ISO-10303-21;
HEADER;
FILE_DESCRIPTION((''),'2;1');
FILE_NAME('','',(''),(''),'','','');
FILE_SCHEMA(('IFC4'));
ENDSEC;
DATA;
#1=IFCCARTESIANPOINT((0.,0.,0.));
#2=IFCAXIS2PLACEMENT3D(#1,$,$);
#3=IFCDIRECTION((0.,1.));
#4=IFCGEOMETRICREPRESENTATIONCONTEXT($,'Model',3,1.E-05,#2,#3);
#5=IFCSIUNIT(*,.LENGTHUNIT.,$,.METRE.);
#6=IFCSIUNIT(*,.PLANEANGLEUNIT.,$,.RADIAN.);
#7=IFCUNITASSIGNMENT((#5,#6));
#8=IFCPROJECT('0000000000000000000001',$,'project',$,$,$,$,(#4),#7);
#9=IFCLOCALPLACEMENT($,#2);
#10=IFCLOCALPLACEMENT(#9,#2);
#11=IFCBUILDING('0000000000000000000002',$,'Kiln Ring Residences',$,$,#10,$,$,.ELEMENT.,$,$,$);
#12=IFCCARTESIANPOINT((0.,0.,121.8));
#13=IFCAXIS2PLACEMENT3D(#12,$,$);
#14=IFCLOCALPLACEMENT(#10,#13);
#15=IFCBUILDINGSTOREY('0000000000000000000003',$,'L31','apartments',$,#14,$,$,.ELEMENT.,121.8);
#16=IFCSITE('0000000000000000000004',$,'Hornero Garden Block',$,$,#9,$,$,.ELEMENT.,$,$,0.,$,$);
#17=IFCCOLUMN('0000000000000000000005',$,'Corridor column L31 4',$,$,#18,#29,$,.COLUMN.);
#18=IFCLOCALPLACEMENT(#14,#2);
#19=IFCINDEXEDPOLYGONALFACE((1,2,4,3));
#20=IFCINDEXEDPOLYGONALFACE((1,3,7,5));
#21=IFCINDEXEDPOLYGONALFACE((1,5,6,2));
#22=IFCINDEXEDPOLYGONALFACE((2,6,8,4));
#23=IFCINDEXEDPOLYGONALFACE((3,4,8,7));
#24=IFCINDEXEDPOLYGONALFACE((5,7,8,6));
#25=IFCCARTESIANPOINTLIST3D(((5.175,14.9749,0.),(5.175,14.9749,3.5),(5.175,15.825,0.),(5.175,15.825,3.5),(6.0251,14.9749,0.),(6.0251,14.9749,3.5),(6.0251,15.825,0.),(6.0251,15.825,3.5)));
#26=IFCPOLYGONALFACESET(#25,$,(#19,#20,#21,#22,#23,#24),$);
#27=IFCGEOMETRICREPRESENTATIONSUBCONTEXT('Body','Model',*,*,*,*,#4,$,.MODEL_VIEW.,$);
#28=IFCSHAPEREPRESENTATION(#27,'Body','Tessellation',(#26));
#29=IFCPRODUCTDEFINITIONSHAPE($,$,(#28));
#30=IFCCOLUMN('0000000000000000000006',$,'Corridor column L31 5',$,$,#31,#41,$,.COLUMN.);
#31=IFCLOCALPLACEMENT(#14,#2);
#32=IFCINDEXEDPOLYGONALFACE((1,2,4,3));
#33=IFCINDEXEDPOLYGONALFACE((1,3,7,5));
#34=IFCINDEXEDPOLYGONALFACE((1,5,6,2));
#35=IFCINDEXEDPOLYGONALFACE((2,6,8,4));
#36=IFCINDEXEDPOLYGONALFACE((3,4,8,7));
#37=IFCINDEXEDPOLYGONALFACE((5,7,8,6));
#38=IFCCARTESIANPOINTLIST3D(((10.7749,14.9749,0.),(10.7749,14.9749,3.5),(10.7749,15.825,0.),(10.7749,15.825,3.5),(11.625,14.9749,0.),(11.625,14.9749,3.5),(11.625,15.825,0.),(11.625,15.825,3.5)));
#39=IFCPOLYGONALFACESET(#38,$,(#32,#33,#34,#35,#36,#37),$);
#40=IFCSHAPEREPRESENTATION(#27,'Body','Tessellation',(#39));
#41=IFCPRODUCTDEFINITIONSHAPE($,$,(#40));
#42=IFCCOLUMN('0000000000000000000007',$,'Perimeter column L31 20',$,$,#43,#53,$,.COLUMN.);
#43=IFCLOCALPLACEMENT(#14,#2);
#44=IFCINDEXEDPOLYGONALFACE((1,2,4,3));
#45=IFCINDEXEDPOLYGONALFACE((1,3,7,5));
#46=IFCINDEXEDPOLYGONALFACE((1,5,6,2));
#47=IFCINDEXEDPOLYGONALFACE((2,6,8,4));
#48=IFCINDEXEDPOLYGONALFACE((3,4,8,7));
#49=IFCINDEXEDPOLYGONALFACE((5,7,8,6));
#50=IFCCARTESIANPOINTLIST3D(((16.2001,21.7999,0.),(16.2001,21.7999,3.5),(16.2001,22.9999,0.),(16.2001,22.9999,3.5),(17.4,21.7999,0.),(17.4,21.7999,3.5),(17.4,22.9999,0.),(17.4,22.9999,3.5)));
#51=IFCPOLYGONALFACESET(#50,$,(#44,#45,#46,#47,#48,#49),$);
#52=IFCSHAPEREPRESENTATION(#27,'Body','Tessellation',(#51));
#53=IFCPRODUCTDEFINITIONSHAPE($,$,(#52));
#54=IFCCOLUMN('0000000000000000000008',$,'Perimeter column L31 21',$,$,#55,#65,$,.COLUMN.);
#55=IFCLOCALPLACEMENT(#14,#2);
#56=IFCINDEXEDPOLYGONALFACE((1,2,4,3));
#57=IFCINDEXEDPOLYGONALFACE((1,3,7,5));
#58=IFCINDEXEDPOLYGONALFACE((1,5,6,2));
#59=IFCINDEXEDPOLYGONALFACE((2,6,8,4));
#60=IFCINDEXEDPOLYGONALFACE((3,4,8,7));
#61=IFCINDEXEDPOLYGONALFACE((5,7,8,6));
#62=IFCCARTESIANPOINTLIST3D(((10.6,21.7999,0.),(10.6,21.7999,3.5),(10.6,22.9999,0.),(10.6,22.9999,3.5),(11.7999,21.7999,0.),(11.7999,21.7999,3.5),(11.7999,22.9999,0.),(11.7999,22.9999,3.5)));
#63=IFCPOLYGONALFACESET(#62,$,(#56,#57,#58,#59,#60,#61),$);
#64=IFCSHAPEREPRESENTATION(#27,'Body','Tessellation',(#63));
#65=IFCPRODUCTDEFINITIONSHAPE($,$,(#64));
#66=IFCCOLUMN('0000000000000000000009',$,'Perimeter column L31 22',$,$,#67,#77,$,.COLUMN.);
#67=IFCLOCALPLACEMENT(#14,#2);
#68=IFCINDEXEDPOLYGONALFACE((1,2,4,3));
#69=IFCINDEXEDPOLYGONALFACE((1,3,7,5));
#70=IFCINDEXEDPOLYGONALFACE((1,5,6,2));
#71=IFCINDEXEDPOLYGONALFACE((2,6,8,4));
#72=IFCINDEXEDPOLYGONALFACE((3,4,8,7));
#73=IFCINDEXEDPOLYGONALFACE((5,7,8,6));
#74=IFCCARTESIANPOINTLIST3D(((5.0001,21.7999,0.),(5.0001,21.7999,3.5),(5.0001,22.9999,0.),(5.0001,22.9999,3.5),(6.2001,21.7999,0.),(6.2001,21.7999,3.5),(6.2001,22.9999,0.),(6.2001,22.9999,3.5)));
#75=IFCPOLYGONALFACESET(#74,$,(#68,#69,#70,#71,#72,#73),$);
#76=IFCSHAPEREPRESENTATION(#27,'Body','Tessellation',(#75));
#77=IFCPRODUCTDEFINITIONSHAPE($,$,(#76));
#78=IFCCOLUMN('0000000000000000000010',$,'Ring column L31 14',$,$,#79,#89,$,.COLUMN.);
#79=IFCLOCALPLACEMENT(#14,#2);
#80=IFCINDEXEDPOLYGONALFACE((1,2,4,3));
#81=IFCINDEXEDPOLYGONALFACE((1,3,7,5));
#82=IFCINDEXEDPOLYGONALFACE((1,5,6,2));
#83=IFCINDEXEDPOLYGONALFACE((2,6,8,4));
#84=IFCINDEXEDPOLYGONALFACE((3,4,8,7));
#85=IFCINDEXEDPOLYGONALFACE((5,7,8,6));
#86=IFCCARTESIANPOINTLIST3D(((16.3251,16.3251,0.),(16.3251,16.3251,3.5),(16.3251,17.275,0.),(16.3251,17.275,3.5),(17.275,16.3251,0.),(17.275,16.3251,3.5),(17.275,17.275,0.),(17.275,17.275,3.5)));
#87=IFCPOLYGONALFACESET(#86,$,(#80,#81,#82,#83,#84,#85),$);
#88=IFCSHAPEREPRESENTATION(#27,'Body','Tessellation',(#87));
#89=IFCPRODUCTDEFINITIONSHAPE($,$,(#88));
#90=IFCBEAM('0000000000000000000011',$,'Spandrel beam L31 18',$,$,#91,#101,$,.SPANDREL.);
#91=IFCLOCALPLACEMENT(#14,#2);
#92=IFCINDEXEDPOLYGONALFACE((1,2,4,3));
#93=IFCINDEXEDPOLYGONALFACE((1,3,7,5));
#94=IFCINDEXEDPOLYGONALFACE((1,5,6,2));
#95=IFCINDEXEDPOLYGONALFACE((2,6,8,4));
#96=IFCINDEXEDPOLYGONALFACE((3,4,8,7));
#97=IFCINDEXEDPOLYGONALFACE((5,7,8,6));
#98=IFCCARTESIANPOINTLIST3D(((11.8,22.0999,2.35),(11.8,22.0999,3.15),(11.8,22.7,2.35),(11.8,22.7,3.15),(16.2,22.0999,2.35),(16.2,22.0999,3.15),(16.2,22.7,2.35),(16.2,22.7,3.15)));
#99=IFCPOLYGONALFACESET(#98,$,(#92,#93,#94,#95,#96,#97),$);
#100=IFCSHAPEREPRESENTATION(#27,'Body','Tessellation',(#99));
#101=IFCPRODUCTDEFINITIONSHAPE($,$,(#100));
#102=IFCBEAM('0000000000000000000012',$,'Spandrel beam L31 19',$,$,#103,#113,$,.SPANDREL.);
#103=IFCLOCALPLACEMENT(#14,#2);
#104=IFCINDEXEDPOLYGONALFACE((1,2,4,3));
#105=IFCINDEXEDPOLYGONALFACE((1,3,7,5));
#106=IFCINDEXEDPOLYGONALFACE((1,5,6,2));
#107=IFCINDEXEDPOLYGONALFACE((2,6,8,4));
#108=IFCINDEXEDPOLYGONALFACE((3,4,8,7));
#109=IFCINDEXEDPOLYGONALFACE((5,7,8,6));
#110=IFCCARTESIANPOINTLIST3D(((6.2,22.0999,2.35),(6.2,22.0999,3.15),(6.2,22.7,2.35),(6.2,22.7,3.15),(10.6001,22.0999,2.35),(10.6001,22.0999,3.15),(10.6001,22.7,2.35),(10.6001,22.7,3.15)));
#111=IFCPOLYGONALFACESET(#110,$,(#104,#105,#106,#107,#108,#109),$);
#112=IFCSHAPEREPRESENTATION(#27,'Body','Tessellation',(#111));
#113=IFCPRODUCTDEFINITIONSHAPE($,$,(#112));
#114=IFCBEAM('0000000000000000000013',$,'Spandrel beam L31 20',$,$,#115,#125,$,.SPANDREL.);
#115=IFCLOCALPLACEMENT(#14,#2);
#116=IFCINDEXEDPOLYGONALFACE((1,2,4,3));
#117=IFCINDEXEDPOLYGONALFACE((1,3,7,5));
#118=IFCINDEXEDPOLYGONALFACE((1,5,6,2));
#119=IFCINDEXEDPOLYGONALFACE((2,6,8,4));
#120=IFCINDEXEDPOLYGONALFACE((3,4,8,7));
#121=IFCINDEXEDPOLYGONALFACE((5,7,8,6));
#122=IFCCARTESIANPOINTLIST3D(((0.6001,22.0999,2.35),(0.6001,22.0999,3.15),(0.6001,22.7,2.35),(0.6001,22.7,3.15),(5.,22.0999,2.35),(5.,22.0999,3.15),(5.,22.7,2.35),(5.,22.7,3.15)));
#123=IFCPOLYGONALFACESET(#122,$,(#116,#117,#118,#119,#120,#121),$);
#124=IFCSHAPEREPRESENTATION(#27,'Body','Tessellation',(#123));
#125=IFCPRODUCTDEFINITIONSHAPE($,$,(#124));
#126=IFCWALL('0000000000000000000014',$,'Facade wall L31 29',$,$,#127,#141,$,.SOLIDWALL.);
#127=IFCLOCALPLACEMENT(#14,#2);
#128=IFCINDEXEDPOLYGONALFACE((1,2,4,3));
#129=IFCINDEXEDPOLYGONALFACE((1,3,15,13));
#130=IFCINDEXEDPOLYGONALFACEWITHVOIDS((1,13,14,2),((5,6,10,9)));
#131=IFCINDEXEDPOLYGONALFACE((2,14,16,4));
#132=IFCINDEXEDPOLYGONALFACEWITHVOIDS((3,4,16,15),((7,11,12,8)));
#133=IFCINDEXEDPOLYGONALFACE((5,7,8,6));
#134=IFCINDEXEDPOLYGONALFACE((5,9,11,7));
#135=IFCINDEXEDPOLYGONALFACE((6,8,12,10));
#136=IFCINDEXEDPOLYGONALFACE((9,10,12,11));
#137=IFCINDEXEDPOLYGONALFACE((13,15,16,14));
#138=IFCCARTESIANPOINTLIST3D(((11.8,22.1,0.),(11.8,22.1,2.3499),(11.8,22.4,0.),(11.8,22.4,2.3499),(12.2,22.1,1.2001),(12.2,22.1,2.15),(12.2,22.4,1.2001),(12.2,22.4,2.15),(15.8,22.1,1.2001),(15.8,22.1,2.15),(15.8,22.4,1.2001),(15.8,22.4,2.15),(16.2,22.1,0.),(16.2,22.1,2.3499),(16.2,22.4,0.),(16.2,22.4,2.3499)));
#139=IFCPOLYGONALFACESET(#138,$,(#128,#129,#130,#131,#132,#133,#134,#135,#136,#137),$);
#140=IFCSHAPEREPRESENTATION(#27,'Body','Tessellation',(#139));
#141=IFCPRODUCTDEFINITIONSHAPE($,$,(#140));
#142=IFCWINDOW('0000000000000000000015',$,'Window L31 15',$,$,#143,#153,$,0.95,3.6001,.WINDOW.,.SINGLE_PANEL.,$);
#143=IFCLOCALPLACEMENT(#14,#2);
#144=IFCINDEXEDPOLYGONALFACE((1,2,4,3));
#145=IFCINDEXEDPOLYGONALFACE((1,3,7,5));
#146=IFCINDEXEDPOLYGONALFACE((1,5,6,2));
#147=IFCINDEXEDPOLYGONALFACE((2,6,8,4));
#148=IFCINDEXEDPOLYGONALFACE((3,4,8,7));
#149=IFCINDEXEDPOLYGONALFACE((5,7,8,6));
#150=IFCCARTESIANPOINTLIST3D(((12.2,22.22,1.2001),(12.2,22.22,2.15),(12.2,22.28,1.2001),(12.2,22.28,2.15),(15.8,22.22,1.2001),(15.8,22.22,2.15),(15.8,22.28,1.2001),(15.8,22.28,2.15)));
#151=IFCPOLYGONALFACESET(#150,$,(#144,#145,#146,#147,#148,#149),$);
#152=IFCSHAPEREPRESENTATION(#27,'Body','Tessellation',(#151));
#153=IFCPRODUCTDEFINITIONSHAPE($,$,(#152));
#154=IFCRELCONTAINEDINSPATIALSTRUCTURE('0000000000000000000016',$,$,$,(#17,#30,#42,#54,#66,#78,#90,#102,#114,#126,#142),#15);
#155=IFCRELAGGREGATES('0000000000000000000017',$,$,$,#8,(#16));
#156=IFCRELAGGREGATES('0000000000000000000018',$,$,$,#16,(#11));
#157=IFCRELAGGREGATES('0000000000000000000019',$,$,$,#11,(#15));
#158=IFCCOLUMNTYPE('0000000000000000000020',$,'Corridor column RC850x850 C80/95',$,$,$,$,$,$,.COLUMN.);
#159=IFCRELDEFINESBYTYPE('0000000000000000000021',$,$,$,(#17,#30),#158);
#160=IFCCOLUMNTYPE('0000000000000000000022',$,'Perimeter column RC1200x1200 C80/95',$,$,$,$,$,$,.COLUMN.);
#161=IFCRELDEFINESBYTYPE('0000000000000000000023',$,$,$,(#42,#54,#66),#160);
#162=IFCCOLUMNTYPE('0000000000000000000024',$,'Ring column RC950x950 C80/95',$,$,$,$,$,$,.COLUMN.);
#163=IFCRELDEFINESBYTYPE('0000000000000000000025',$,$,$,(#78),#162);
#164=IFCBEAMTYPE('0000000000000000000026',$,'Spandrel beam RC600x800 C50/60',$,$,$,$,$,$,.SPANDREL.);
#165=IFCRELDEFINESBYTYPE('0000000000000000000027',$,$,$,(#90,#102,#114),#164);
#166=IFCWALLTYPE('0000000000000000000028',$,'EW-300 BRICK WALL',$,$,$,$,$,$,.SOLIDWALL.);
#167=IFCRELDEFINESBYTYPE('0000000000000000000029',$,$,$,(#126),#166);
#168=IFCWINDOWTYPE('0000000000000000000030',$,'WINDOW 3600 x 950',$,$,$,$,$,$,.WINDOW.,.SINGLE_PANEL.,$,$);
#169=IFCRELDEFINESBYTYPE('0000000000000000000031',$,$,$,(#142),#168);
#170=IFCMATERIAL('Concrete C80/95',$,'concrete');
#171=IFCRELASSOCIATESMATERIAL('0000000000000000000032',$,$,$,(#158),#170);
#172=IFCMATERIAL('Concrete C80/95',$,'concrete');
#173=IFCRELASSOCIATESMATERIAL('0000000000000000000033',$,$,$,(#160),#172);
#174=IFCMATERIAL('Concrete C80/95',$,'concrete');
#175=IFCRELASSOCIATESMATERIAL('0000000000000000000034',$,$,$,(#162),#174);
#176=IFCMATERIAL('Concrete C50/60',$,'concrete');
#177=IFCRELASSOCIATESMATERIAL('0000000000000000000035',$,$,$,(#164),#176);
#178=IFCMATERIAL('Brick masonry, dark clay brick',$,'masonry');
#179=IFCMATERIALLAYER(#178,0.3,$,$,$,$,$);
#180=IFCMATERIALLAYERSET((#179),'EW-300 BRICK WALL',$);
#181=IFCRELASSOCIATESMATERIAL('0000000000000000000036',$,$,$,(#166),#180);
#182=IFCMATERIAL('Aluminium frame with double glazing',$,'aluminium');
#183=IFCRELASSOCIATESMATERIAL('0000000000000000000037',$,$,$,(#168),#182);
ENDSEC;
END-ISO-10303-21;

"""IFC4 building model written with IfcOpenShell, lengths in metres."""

from ifc_helpers import new_model, si_unit, direction, frame, frame_2d, origin, origin_2d, place, context, subcontext, project, spatial, rectangle, extrude, material, layer, layer_set, material_profile, profile_set, type_object, element, fill, save


model = new_model("IFC4")

# Units and contexts
model_context = context("Model", 3, precision=1e-05, world=origin(), true_north=direction((0.0, 1.0)))
body_context = subcontext(model_context, "Body", "Model", "MODEL_VIEW")
ifc_project = project(units=[si_unit("LENGTHUNIT", "METRE"), si_unit("PLANEANGLEUNIT", "RADIAN")], contexts=[model_context])

# Site, building, storey
site_placement = place(None, origin())
site = spatial("IfcSite", under=ifc_project, at=site_placement, Name="Hornero Garden Block", CompositionType="ELEMENT", RefElevation=0.0)
building_placement = place(site_placement, origin())
building = spatial("IfcBuilding", under=site, at=building_placement, Name="Kiln Ring Residences", CompositionType="ELEMENT")
storey_placement = place(building_placement, frame((0.0, 0.0, 121.8)))
storey = spatial("IfcBuildingStorey", under=building, at=storey_placement, Name="L31", Description="apartments", CompositionType="ELEMENT", Elevation=121.8)

# Columns
ifc_material_1 = material(Name="Concrete C80/95", Category="concrete")
ifc_material_profile_1 = material_profile(ifc_material_1, rectangle(XDim=0.8501, YDim=0.8501, at=origin_2d()), Name="RC850x850")
ifc_profile_set_1 = profile_set([ifc_material_profile_1], Name="Concrete C80/95")
column_type_1 = type_object("IfcColumnType", Name="Corridor column RC850x850 C80/95", PredefinedType="COLUMN", material=ifc_profile_set_1)
for number, where, z_axis, x_axis, name in (
    (1, (5.6001, 15.3999, 0.0), (0.0, 0.0, 1.0), (1.0, 0.0, 0.0), "Corridor column L31 4"),
    (2, (11.2, 15.3999, 0.0), (0.0, 0.0, 1.0), (1.0, 0.0, 0.0), "Corridor column L31 5"),
):
    element("IfcColumn", number, at=place(storey_placement, frame(where, z_axis=z_axis, x_axis=x_axis)), inside=storey, type_object=column_type_1, Name=name, PredefinedType="COLUMN", context=body_context, shape_type="SweptSolid", body=[
        extrude(rectangle(XDim=0.8501, YDim=0.8501, at=origin_2d()), origin(), (0.0, 0.0, 1.0), 3.5),
    ])
ifc_material_2 = material(Name="Concrete C80/95", Category="concrete")
ifc_material_profile_2 = material_profile(ifc_material_2, rectangle(XDim=1.2, YDim=1.2, at=origin_2d()), Name="RC1200x1200")
ifc_profile_set_2 = profile_set([ifc_material_profile_2], Name="Concrete C80/95")
column_type_2 = type_object("IfcColumnType", Name="Perimeter column RC1200x1200 C80/95", PredefinedType="COLUMN", material=ifc_profile_set_2)
for number, where, z_axis, x_axis, name in (
    (3, (16.8, 22.3999, 0.0), (0.0, 0.0, 1.0), (1.0, 0.0, 0.0), "Perimeter column L31 20"),
    (4, (11.2, 22.3999, 0.0), (0.0, 0.0, 1.0), (1.0, 0.0, 0.0), "Perimeter column L31 21"),
    (5, (5.6001, 22.3999, 0.0), (0.0, 0.0, 1.0), (1.0, 0.0, 0.0), "Perimeter column L31 22"),
):
    element("IfcColumn", number, at=place(storey_placement, frame(where, z_axis=z_axis, x_axis=x_axis)), inside=storey, type_object=column_type_2, Name=name, PredefinedType="COLUMN", context=body_context, shape_type="SweptSolid", body=[
        extrude(rectangle(XDim=1.2, YDim=1.2, at=origin_2d()), origin(), (0.0, 0.0, 1.0), 3.5),
    ])
ifc_material_3 = material(Name="Concrete C80/95", Category="concrete")
ifc_material_profile_3 = material_profile(ifc_material_3, rectangle(XDim=0.95, YDim=0.95, at=origin_2d()), Name="RC950x950")
ifc_profile_set_3 = profile_set([ifc_material_profile_3], Name="Concrete C80/95")
column_type_3 = type_object("IfcColumnType", Name="Ring column RC950x950 C80/95", PredefinedType="COLUMN", material=ifc_profile_set_3)
column_placement = place(storey_placement, frame((16.8, 16.8, 0.0), z_axis=(0.0, 0.0, 1.0), x_axis=(1.0, 0.0, 0.0)))
element("IfcColumn", 6, at=column_placement, inside=storey, type_object=column_type_3, Name="Ring column L31 14", PredefinedType="COLUMN", context=body_context, shape_type="SweptSolid", body=[
    extrude(rectangle(XDim=0.95, YDim=0.95, at=origin_2d()), origin(), (0.0, 0.0, 1.0), 3.5),
])

# Beams
ifc_material_4 = material(Name="Concrete C50/60", Category="concrete")
ifc_material_profile_4 = material_profile(ifc_material_4, rectangle(XDim=0.6001, YDim=0.8, at=origin_2d()), Name="RC600x800")
ifc_profile_set_4 = profile_set([ifc_material_profile_4], Name="Concrete C50/60")
beam_type = type_object("IfcBeamType", Name="Spandrel beam RC600x800 C50/60", PredefinedType="SPANDREL", material=ifc_profile_set_4)
beam_1_placement = place(storey_placement, frame((16.2, 22.3999, 2.75), z_axis=(-1.0, 0.0, 0.0), x_axis=(0.0, -1.0, 0.0)))
element("IfcBeam", 7, at=beam_1_placement, inside=storey, type_object=beam_type, Name="Spandrel beam L31 18", PredefinedType="SPANDREL", context=body_context, shape_type="SweptSolid", body=[
    extrude(rectangle(XDim=0.6001, YDim=0.8, at=origin_2d()), origin(), (0.0, 0.0, 1.0), 4.3999),
])
beam_2_placement = place(storey_placement, frame((10.6001, 22.3999, 2.75), z_axis=(-1.0, 0.0, 0.0), x_axis=(0.0, -1.0, 0.0)))
element("IfcBeam", 8, at=beam_2_placement, inside=storey, type_object=beam_type, Name="Spandrel beam L31 19", PredefinedType="SPANDREL", context=body_context, shape_type="SweptSolid", body=[
    extrude(rectangle(XDim=0.6001, YDim=0.8, at=origin_2d()), origin(), (0.0, 0.0, 1.0), 4.4001),
])
beam_3_placement = place(storey_placement, frame((5.0, 22.3999, 2.75), z_axis=(-1.0, 0.0, 0.0), x_axis=(0.0, -1.0, 0.0)))
element("IfcBeam", 9, at=beam_3_placement, inside=storey, type_object=beam_type, Name="Spandrel beam L31 20", PredefinedType="SPANDREL", context=body_context, shape_type="SweptSolid", body=[
    extrude(rectangle(XDim=0.6001, YDim=0.8, at=origin_2d()), origin(), (0.0, 0.0, 1.0), 4.3999),
])

# Wall, opening, window
ifc_material_5 = material(Name="Brick masonry, dark clay brick", Category="masonry")
ifc_layer_1 = layer(ifc_material_5, 0.3)
ifc_layer_set_1 = layer_set([ifc_layer_1], Name="EW-300 BRICK WALL")
wall_type_1 = type_object("IfcWallType", Name="EW-300 BRICK WALL", PredefinedType="SOLIDWALL", material=ifc_layer_set_1)
wall_1_placement = place(storey_placement, frame((16.2, 22.25, 0.0), z_axis=(0.0, 0.0, 1.0), x_axis=(-1.0, 0.0, 0.0)))
wall_1 = element("IfcWall", 10, at=wall_1_placement, inside=storey, type_object=wall_type_1, Name="Facade wall L31 29", PredefinedType="SOLIDWALL", context=body_context, shape_type="SweptSolid", body=[
    extrude(rectangle(XDim=4.3999, YDim=0.3, at=frame_2d((2.2, 0.0))), origin(), (0.0, 0.0, 1.0), 2.3499),
])
opening_1_placement = place(wall_1_placement, frame((0.3999, 0.0, 1.2)))
opening_1 = element("IfcOpeningElement", 11, at=opening_1_placement, cuts=wall_1, PredefinedType="OPENING", context=body_context, shape_type="SweptSolid", body=[
    extrude(rectangle(XDim=3.6001, YDim=0.95, at=frame_2d((1.8, 0.4751))), frame((0.0, 0.1599, 0.0), z_axis=(0.0, -1.0, 0.0), x_axis=(1.0, 0.0, 0.0)), (0.0, 0.0, 1.0), 0.3201),
])
ifc_material_6 = material(Name="Aluminium frame with double glazing", Category="aluminium")
window_type_1 = type_object("IfcWindowType", Name="WINDOW 3600 x 950", PartitioningType="SINGLE_PANEL", PredefinedType="WINDOW", material=ifc_material_6)
window_1_placement = place(opening_1_placement, origin())
window_1 = element("IfcWindow", 12, at=window_1_placement, inside=storey, type_object=window_type_1, Name="Window L31 15", OverallHeight=0.95, OverallWidth=3.6001, PartitioningType="SINGLE_PANEL", PredefinedType="WINDOW", context=body_context, shape_type="SweptSolid", body=[
    extrude(rectangle(XDim=3.6001, YDim=0.95, at=frame_2d((1.8, 0.4751))), frame((0.0, 0.03, 0.0), z_axis=(0.0, -1.0, 0.0), x_axis=(1.0, 0.0, 0.0)), (0.0, 0.0, 1.0), 0.0601),
])
fill(opening_1, window_1)

save(model, "model.ifc")
